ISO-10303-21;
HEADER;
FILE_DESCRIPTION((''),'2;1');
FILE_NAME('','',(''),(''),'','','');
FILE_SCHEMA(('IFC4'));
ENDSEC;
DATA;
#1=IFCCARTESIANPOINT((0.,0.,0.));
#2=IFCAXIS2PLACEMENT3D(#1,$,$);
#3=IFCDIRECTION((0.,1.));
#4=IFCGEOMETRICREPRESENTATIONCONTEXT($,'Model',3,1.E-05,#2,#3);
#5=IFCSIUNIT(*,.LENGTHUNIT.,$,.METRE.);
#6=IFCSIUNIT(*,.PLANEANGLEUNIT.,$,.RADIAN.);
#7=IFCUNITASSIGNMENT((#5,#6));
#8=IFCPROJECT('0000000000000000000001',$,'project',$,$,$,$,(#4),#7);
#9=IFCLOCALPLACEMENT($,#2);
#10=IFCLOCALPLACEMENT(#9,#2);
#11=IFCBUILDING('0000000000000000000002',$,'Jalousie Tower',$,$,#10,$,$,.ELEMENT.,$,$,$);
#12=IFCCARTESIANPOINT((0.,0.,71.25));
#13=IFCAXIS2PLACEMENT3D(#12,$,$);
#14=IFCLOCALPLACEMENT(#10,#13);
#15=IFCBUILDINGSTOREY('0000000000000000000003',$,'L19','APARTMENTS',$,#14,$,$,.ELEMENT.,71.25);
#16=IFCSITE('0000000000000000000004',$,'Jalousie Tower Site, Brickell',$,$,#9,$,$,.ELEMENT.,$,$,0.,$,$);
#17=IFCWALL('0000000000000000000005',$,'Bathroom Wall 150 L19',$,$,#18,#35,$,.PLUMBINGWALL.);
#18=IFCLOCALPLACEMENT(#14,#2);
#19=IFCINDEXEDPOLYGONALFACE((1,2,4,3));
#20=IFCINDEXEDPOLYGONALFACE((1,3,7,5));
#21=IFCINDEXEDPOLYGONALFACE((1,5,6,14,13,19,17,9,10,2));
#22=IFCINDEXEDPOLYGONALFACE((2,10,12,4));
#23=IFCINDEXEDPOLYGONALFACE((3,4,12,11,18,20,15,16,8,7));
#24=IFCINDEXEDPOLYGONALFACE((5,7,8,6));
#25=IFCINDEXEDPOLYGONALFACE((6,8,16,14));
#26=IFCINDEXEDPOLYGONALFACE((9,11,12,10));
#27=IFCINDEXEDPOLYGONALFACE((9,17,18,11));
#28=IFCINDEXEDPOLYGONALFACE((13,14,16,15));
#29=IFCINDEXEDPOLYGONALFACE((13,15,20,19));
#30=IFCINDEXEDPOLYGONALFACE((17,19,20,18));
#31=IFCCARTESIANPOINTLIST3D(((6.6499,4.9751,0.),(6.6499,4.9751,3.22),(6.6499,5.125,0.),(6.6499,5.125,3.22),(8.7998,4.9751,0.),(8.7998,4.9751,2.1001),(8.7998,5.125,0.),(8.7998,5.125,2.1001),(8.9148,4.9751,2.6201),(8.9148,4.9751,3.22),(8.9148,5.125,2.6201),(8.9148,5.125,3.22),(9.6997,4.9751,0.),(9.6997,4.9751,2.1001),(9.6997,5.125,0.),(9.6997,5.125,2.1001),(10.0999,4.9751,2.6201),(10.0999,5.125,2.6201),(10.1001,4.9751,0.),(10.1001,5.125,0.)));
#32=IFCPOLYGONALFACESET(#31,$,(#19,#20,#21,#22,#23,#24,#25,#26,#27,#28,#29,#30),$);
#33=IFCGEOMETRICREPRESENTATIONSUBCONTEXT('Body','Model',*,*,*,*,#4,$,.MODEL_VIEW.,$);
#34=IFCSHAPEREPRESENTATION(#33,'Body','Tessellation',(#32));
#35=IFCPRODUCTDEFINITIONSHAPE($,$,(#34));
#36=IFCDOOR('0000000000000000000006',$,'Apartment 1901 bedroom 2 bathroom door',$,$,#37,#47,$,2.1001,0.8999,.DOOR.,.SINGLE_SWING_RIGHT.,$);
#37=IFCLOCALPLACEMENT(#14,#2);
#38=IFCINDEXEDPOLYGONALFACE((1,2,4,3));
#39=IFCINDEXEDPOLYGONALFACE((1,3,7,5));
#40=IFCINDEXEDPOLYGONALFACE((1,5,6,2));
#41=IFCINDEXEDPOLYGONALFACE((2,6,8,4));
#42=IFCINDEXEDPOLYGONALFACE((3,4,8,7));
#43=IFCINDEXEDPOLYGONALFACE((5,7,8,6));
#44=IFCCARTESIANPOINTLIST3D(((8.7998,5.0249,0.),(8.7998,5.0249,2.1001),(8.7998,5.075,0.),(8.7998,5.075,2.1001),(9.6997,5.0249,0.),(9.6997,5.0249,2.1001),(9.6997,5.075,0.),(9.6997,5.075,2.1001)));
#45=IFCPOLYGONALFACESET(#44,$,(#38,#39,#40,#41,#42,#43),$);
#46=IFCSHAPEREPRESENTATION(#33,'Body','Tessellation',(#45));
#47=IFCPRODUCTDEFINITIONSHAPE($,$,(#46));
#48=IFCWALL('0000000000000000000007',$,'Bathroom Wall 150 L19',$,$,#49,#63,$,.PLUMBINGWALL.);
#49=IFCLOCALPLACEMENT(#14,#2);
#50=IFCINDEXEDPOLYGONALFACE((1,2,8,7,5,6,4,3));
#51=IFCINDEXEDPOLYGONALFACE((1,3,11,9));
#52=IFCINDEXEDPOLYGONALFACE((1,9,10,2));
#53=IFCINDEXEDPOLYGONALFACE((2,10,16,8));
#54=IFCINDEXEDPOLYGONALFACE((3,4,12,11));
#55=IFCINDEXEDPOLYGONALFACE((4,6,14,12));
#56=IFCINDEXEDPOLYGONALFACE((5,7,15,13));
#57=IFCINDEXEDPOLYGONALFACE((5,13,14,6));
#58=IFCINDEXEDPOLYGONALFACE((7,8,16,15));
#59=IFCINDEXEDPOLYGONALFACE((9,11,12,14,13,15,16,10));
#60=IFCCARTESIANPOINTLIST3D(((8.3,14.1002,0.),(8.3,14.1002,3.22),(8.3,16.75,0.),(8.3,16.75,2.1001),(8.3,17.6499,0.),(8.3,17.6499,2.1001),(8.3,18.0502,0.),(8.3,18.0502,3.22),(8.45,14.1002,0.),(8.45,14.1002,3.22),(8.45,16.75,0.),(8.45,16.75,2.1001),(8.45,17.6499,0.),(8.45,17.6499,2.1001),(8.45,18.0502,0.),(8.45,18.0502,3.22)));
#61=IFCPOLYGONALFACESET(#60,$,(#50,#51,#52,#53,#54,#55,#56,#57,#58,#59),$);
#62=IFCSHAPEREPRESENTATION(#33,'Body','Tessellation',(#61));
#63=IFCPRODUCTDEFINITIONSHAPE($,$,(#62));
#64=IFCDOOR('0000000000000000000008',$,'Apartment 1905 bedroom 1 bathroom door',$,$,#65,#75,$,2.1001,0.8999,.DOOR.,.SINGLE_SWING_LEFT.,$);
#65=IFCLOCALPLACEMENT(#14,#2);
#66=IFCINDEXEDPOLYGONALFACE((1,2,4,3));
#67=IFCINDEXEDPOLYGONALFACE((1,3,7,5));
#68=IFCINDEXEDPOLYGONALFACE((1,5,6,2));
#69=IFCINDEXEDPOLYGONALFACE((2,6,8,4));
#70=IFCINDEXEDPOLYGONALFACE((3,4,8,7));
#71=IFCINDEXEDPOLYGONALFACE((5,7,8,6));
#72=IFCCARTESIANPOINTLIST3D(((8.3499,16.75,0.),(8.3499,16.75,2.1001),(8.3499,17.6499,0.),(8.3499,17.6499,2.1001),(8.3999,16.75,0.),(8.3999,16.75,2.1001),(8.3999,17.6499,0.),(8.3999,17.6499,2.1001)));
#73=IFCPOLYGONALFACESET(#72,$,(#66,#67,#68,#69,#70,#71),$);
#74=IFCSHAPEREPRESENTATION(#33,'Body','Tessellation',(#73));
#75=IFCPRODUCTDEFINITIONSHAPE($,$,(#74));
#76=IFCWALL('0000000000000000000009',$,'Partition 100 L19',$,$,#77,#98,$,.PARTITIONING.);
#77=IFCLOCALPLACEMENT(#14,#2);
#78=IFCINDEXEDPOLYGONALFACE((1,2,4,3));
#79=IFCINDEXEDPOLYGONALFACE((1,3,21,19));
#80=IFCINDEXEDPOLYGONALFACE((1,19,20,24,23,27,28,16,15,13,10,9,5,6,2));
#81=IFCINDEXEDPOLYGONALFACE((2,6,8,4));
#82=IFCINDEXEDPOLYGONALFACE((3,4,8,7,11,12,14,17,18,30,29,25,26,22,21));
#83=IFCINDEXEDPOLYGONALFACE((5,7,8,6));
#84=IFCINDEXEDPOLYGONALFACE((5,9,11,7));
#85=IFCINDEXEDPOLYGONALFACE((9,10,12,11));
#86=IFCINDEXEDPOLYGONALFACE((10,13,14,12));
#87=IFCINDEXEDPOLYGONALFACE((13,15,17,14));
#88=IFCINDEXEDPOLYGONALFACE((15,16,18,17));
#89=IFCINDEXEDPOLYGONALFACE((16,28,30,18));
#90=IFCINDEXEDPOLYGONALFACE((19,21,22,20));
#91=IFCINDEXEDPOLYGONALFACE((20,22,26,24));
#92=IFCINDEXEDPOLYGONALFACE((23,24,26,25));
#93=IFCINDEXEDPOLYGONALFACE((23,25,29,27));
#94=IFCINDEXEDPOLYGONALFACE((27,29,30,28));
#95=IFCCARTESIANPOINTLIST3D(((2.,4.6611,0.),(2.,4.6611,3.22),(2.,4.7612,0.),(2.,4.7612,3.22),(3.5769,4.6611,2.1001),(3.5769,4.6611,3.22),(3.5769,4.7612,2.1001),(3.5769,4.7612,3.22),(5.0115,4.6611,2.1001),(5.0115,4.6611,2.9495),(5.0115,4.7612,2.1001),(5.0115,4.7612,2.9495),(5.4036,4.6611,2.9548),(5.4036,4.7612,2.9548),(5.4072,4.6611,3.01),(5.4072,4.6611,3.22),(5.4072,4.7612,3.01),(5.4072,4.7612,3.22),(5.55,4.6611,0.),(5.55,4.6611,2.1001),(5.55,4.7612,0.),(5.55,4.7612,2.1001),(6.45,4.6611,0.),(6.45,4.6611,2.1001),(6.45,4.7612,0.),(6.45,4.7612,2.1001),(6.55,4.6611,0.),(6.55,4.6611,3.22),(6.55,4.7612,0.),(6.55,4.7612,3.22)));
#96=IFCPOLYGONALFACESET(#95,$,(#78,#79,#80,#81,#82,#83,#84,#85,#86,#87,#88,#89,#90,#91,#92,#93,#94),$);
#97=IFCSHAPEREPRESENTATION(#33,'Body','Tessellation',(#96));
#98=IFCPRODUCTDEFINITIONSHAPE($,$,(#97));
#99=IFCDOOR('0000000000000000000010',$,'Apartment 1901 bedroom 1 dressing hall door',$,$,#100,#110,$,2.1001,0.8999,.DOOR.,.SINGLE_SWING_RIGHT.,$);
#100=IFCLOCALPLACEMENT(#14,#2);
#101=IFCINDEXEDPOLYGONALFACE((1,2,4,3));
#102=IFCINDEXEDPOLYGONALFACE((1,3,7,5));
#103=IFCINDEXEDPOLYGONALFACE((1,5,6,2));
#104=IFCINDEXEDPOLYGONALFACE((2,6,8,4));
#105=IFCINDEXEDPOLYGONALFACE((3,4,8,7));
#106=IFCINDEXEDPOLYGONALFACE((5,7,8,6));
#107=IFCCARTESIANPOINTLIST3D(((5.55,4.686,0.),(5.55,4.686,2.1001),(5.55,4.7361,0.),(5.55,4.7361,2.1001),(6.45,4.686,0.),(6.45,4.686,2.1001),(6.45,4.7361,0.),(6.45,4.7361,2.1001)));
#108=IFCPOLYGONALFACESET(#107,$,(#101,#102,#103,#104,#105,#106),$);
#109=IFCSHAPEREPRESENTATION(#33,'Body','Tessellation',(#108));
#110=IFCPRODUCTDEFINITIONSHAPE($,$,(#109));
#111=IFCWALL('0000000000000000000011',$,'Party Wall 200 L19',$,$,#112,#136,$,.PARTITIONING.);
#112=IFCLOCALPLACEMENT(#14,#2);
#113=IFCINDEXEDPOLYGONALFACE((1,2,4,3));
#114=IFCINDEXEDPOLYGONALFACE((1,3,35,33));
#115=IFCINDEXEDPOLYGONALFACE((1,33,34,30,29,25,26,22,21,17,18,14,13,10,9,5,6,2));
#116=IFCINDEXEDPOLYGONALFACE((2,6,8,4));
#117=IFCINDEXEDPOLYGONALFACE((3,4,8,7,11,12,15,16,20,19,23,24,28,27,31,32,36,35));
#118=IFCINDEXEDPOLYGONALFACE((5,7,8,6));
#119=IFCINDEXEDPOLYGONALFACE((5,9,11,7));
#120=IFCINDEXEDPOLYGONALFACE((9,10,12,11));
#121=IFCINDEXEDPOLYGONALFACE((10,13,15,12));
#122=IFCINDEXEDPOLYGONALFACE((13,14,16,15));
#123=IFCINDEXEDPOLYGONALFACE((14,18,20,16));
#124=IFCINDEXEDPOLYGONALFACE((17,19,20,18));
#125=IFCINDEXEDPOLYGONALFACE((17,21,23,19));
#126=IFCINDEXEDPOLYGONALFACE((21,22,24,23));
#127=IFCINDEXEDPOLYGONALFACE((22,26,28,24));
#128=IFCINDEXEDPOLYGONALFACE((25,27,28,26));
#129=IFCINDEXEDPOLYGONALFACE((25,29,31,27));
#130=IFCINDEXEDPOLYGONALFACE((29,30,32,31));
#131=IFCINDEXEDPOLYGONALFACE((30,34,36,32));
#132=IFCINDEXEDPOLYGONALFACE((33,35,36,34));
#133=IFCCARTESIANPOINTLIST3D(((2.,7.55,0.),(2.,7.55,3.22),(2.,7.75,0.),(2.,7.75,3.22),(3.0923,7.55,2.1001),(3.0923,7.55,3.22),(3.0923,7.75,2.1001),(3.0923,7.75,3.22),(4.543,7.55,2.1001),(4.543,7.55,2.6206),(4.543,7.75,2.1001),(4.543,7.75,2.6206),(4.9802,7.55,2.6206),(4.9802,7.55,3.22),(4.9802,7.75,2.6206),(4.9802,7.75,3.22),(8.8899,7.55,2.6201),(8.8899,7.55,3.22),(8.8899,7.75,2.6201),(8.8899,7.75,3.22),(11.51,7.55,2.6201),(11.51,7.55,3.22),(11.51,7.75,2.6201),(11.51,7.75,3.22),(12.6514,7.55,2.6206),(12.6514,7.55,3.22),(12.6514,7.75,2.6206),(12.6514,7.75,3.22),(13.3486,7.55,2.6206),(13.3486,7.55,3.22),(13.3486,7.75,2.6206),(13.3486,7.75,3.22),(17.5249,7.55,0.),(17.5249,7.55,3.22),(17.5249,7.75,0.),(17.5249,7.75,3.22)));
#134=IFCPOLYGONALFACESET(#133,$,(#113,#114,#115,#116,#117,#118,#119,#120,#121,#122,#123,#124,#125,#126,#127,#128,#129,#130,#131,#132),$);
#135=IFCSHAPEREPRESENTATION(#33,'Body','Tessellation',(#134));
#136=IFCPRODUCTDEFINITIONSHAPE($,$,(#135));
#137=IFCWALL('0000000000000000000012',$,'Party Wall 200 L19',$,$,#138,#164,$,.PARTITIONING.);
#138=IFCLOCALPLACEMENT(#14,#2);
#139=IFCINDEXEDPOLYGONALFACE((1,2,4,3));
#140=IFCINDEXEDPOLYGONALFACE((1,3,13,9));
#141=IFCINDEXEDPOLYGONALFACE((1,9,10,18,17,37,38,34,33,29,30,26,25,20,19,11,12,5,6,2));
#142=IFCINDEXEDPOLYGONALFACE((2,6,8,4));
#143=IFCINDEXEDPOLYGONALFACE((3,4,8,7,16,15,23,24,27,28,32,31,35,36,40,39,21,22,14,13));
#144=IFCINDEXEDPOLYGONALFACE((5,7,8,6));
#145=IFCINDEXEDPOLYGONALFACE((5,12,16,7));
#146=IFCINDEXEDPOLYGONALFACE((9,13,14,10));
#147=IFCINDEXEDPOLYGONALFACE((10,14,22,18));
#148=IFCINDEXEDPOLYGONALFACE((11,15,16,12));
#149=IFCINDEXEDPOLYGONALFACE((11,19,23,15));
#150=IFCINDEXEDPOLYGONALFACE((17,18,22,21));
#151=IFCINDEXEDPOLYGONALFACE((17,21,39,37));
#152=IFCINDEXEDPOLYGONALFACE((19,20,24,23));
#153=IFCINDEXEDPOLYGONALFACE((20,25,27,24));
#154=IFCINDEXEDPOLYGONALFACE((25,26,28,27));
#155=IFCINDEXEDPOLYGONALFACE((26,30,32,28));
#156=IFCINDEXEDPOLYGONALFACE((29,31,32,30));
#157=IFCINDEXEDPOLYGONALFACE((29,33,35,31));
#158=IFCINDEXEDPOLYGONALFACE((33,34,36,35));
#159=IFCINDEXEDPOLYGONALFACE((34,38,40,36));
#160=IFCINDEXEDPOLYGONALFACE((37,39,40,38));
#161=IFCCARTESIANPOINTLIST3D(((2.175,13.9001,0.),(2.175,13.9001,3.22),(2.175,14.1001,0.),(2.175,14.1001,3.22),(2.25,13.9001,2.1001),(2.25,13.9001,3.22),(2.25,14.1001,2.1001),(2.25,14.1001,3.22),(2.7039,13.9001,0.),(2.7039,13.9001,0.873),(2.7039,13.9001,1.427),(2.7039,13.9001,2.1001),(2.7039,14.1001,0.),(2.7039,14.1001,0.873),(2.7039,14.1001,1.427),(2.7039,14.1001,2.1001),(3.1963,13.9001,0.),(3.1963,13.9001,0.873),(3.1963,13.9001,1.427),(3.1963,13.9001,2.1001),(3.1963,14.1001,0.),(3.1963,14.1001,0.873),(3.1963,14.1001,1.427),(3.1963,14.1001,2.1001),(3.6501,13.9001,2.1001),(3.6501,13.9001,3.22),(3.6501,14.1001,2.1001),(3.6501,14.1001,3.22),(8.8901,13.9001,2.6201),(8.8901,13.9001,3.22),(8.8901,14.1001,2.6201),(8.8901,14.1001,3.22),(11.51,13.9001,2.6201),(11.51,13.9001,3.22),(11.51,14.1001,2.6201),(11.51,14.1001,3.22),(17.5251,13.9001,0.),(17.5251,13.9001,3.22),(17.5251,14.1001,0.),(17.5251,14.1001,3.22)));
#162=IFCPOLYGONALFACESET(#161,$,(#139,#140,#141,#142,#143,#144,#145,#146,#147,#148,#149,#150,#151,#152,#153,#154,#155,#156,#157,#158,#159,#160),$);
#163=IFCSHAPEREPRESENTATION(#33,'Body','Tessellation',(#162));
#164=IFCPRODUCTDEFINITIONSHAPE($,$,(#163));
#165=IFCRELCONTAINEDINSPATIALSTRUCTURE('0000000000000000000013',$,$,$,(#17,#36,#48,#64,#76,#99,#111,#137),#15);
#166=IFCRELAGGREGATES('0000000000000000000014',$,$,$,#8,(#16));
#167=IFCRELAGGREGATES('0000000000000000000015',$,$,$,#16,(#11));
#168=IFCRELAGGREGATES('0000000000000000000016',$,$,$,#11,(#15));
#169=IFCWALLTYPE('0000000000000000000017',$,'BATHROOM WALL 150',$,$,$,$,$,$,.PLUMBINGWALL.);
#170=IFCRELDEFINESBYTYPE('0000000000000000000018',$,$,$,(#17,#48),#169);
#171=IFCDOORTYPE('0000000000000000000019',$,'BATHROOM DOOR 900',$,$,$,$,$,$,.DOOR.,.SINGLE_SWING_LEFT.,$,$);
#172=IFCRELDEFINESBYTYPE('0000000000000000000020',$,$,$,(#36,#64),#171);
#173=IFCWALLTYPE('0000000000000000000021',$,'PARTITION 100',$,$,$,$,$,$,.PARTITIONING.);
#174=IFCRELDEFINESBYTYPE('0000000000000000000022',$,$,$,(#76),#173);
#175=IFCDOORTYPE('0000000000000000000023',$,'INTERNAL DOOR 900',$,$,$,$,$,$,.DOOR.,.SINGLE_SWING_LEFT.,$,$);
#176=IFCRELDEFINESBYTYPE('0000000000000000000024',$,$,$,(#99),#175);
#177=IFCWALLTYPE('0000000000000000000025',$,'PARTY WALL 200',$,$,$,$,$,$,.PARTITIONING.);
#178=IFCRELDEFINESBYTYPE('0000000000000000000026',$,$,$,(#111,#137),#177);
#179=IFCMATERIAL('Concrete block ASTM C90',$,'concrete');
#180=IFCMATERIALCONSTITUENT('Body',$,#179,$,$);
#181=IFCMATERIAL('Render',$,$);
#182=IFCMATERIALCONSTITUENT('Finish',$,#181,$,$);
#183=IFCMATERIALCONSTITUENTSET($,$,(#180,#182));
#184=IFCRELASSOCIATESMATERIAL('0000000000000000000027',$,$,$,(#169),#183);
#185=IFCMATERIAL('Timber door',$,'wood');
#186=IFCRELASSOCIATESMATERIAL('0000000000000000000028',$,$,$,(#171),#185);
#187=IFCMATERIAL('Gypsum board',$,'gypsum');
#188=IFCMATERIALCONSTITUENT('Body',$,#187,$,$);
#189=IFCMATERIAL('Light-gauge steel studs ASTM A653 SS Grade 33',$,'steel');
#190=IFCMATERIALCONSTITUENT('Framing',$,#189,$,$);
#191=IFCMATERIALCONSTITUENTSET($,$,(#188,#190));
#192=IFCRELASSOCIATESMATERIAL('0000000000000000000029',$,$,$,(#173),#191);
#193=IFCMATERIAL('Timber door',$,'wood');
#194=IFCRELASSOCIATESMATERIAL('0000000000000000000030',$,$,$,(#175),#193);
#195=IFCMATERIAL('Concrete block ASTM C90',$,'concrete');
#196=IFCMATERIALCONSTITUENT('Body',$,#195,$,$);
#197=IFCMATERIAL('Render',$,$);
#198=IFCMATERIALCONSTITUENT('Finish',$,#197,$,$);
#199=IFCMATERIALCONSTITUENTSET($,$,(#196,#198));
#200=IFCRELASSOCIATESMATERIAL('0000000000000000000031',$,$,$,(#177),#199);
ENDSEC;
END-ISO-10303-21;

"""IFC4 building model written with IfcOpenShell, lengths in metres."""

from ifc_helpers import new_model, si_unit, direction, frame, frame_2d, origin, place, context, subcontext, project, spatial, polyline, rectangle, outline, extrude, material, constituent, constituent_set, type_object, element, fill, save


model = new_model("IFC4")

# Units and contexts
model_context = context("Model", 3, precision=1e-05, world=origin(), true_north=direction((0.0, 1.0)))
body_context = subcontext(model_context, "Body", "Model", "MODEL_VIEW")
ifc_project = project(units=[si_unit("LENGTHUNIT", "METRE"), si_unit("PLANEANGLEUNIT", "RADIAN")], contexts=[model_context])

# Site, building, storey
site_placement = place(None, origin())
site = spatial("IfcSite", under=ifc_project, at=site_placement, Name="Jalousie Tower Site, Brickell", CompositionType="ELEMENT", RefElevation=0.0)
building_placement = place(site_placement, origin())
building = spatial("IfcBuilding", under=site, at=building_placement, Name="Jalousie Tower", CompositionType="ELEMENT")
storey_placement = place(building_placement, frame((0.0, 0.0, 71.25)))
storey = spatial("IfcBuildingStorey", under=building, at=storey_placement, Name="L19", Description="APARTMENTS", CompositionType="ELEMENT", Elevation=71.25)

# Walls, openings, doors
ifc_material_1 = material(Name="Concrete block ASTM C90", Category="concrete")
ifc_constituent_1 = constituent(ifc_material_1, Name="Body")
ifc_material_2 = material(Name="Render")
ifc_constituent_2 = constituent(ifc_material_2, Name="Finish")
ifc_constituent_set_1 = constituent_set(constituents=[ifc_constituent_1, ifc_constituent_2])
wall_type_1 = type_object("IfcWallType", Name="BATHROOM WALL 150", PredefinedType="PLUMBINGWALL", material=ifc_constituent_set_1)
wall_1_placement = place(storey_placement, frame((6.6499, 5.05, 0.0), z_axis=(0.0, 0.0, 1.0), x_axis=(1.0, 0.0, 0.0)))
wall_1 = element("IfcWall", 1, at=wall_1_placement, inside=storey, type_object=wall_type_1, Name="Bathroom Wall 150 L19", PredefinedType="PLUMBINGWALL", context=body_context, shape_type="SweptSolid", body=[
    extrude(outline(polyline([(0.0, 0.0), (3.4502, 0.0), (3.45, 3.22), (3.45, 2.6201), (2.2649, 2.6201), (2.2649, 3.22), (0.0, 3.22), (0.0, 0.0)])), frame((0.0, 0.075, 0.0), z_axis=(0.0, -1.0, 0.0), x_axis=(1.0, 0.0, 0.0)), (0.0, 0.0, 1.0), 0.1499),
])
opening_1_placement = place(wall_1_placement, frame((2.1499, 0.0, 0.0)))
opening_1 = element("IfcOpeningElement", 2, at=opening_1_placement, cuts=wall_1, PredefinedType="OPENING", context=body_context, shape_type="SweptSolid", body=[
    extrude(rectangle(XDim=0.8999, YDim=2.1001, at=frame_2d((0.45, 1.05))), frame((0.0, 0.085, 0.0), z_axis=(0.0, -1.0, 0.0), x_axis=(1.0, 0.0, 0.0)), (0.0, 0.0, 1.0), 0.1699),
])
ifc_material_3 = material(Name="Timber door", Category="wood")
door_type_1 = type_object("IfcDoorType", Name="BATHROOM DOOR 900", OperationType="SINGLE_SWING_LEFT", PredefinedType="DOOR", material=ifc_material_3)
door_1_placement = place(opening_1_placement, origin())
door_1 = element("IfcDoor", 3, at=door_1_placement, inside=storey, type_object=door_type_1, Name="Apartment 1901 bedroom 2 bathroom door", OperationType="SINGLE_SWING_RIGHT", OverallHeight=2.1001, OverallWidth=0.8999, PredefinedType="DOOR", context=body_context, shape_type="SweptSolid", body=[
    extrude(rectangle(XDim=0.8999, YDim=2.1001, at=frame_2d((0.45, 1.05))), frame((0.0, 0.0249, 0.0), z_axis=(0.0, -1.0, 0.0), x_axis=(1.0, 0.0, 0.0)), (0.0, 0.0, 1.0), 0.05),
])
fill(opening_1, door_1)
wall_2_placement = place(storey_placement, frame((8.375, 14.1001, 0.0), z_axis=(0.0, 0.0, 1.0), x_axis=(0.0, 1.0, 0.0)))
wall_2 = element("IfcWall", 4, at=wall_2_placement, inside=storey, type_object=wall_type_1, Name="Bathroom Wall 150 L19", PredefinedType="PLUMBINGWALL", context=body_context, shape_type="SweptSolid", body=[
    extrude(rectangle(XDim=3.95, YDim=0.1499, at=frame_2d((1.9751, 0.0))), origin(), (0.0, 0.0, 1.0), 3.22),
])
opening_2_placement = place(wall_2_placement, frame((2.6499, 0.0, 0.0)))
opening_2 = element("IfcOpeningElement", 5, at=opening_2_placement, cuts=wall_2, PredefinedType="OPENING", context=body_context, shape_type="SweptSolid", body=[
    extrude(rectangle(XDim=0.8999, YDim=2.1001, at=frame_2d((0.45, 1.05))), frame((0.0, 0.085, 0.0), z_axis=(0.0, -1.0, 0.0), x_axis=(1.0, 0.0, 0.0)), (0.0, 0.0, 1.0), 0.1699),
])
door_2_placement = place(opening_2_placement, frame((0.8999, 0.0, 0.0), z_axis=(0.0, 0.0, 1.0), x_axis=(-1.0, 0.0, 0.0)))
door_2 = element("IfcDoor", 6, at=door_2_placement, inside=storey, type_object=door_type_1, Name="Apartment 1905 bedroom 1 bathroom door", OperationType="SINGLE_SWING_LEFT", OverallHeight=2.1001, OverallWidth=0.8999, PredefinedType="DOOR", context=body_context, shape_type="SweptSolid", body=[
    extrude(rectangle(XDim=0.8999, YDim=2.1001, at=frame_2d((0.45, 1.05))), frame((0.0, 0.0249, 0.0), z_axis=(0.0, -1.0, 0.0), x_axis=(1.0, 0.0, 0.0)), (0.0, 0.0, 1.0), 0.05),
])
fill(opening_2, door_2)
ifc_material_4 = material(Name="Gypsum board", Category="gypsum")
ifc_constituent_3 = constituent(ifc_material_4, Name="Body")
ifc_material_5 = material(Name="Light-gauge steel studs ASTM A653 SS Grade 33", Category="steel")
ifc_constituent_4 = constituent(ifc_material_5, Name="Framing")
ifc_constituent_set_2 = constituent_set(constituents=[ifc_constituent_3, ifc_constituent_4])
wall_type_2 = type_object("IfcWallType", Name="PARTITION 100", PredefinedType="PARTITIONING", material=ifc_constituent_set_2)
wall_3_placement = place(storey_placement, frame((2.0, 4.7112, 0.0), z_axis=(0.0, 0.0, 1.0), x_axis=(1.0, 0.0, 0.0)))
wall_3 = element("IfcWall", 7, at=wall_3_placement, inside=storey, type_object=wall_type_2, Name="Partition 100 L19", PredefinedType="PARTITIONING", context=body_context, shape_type="SweptSolid", body=[
    extrude(outline(polyline([(0.0, 0.0), (4.55, 0.0), (4.55, 3.22), (3.4072, 3.22), (3.4072, 3.01), (3.4036, 2.9548), (3.0115, 2.9495), (3.0115, 2.1001), (1.5769, 2.1001), (1.5769, 3.22), (0.0, 3.22), (0.0, 0.0)])), frame((0.0, 0.05, 0.0), z_axis=(0.0, -1.0, 0.0), x_axis=(1.0, 0.0, 0.0)), (0.0, 0.0, 1.0), 0.1001),
])
opening_3_placement = place(wall_3_placement, frame((3.55, 0.0, 0.0)))
opening_3 = element("IfcOpeningElement", 8, at=opening_3_placement, cuts=wall_3, PredefinedType="OPENING", context=body_context, shape_type="SweptSolid", body=[
    extrude(rectangle(XDim=0.8999, YDim=2.1001, at=frame_2d((0.45, 1.05))), frame((0.0, 0.0601, 0.0), z_axis=(0.0, -1.0, 0.0), x_axis=(1.0, 0.0, 0.0)), (0.0, 0.0, 1.0), 0.1201),
])
ifc_material_6 = material(Name="Timber door", Category="wood")
door_type_2 = type_object("IfcDoorType", Name="INTERNAL DOOR 900", OperationType="SINGLE_SWING_LEFT", PredefinedType="DOOR", material=ifc_material_6)
door_3_placement = place(opening_3_placement, origin())
door_3 = element("IfcDoor", 9, at=door_3_placement, inside=storey, type_object=door_type_2, Name="Apartment 1901 bedroom 1 dressing hall door", OperationType="SINGLE_SWING_RIGHT", OverallHeight=2.1001, OverallWidth=0.8999, PredefinedType="DOOR", context=body_context, shape_type="SweptSolid", body=[
    extrude(rectangle(XDim=0.8999, YDim=2.1001, at=frame_2d((0.45, 1.05))), frame((0.0, 0.0249, 0.0), z_axis=(0.0, -1.0, 0.0), x_axis=(1.0, 0.0, 0.0)), (0.0, 0.0, 1.0), 0.05),
])
fill(opening_3, door_3)

# Walls
ifc_material_7 = material(Name="Concrete block ASTM C90", Category="concrete")
ifc_constituent_5 = constituent(ifc_material_7, Name="Body")
ifc_material_8 = material(Name="Render")
ifc_constituent_6 = constituent(ifc_material_8, Name="Finish")
ifc_constituent_set_3 = constituent_set(constituents=[ifc_constituent_5, ifc_constituent_6])
wall_type_3 = type_object("IfcWallType", Name="PARTY WALL 200", PredefinedType="PARTITIONING", material=ifc_constituent_set_3)
wall_4_placement = place(storey_placement, frame((2.0, 7.6499, 0.0), z_axis=(0.0, 0.0, 1.0), x_axis=(1.0, 0.0, 0.0)))
element("IfcWall", 10, at=wall_4_placement, inside=storey, type_object=wall_type_3, Name="Party Wall 200 L19", PredefinedType="PARTITIONING", context=body_context, shape_type="SweptSolid", body=[
    extrude(outline(polyline([(0.0, 0.0), (15.5249, 0.0), (15.5249, 3.22), (11.3486, 3.22), (11.3486, 2.6206), (10.6514, 2.6206), (10.6514, 3.22), (9.51, 3.22), (9.51, 2.6201), (6.8899, 2.6201), (6.8899, 3.22), (2.9802, 3.22), (2.9802, 2.6206), (2.543, 2.6206), (2.543, 2.1001), (1.0923, 2.1001), (1.0923, 3.22), (0.0, 3.22), (0.0, 0.0)])), frame((0.0, 0.1001, 0.0), z_axis=(0.0, -1.0, 0.0), x_axis=(1.0, 0.0, 0.0)), (0.0, 0.0, 1.0), 0.2),
])
wall_5_placement = place(storey_placement, frame((2.175, 14.0, 0.0), z_axis=(0.0, 0.0, 1.0), x_axis=(1.0, 0.0, 0.0)))
element("IfcWall", 11, at=wall_5_placement, inside=storey, type_object=wall_type_3, Name="Party Wall 200 L19", PredefinedType="PARTITIONING", context=body_context, shape_type="SweptSolid", body=[
    extrude(outline(polyline([(0.075, 3.22), (0.0, 3.22), (0.0, 0.0), (0.5288, 0.0), (0.5288, 0.873), (1.0212, 0.873), (1.0212, 0.0), (15.3501, 0.0), (15.3501, 3.22), (9.335, 3.22), (9.335, 2.6201), (6.7151, 2.6201), (6.7151, 3.22), (1.4751, 3.22), (1.4751, 2.1001), (1.0212, 2.1001), (1.0212, 1.427), (0.5288, 1.427), (0.5288, 2.1001), (0.075, 2.1001), (0.075, 3.22)])), frame((0.0, 0.1001, 0.0), z_axis=(0.0, -1.0, 0.0), x_axis=(1.0, 0.0, 0.0)), (0.0, 0.0, 1.0), 0.2),
])

save(model, "model.ifc")
